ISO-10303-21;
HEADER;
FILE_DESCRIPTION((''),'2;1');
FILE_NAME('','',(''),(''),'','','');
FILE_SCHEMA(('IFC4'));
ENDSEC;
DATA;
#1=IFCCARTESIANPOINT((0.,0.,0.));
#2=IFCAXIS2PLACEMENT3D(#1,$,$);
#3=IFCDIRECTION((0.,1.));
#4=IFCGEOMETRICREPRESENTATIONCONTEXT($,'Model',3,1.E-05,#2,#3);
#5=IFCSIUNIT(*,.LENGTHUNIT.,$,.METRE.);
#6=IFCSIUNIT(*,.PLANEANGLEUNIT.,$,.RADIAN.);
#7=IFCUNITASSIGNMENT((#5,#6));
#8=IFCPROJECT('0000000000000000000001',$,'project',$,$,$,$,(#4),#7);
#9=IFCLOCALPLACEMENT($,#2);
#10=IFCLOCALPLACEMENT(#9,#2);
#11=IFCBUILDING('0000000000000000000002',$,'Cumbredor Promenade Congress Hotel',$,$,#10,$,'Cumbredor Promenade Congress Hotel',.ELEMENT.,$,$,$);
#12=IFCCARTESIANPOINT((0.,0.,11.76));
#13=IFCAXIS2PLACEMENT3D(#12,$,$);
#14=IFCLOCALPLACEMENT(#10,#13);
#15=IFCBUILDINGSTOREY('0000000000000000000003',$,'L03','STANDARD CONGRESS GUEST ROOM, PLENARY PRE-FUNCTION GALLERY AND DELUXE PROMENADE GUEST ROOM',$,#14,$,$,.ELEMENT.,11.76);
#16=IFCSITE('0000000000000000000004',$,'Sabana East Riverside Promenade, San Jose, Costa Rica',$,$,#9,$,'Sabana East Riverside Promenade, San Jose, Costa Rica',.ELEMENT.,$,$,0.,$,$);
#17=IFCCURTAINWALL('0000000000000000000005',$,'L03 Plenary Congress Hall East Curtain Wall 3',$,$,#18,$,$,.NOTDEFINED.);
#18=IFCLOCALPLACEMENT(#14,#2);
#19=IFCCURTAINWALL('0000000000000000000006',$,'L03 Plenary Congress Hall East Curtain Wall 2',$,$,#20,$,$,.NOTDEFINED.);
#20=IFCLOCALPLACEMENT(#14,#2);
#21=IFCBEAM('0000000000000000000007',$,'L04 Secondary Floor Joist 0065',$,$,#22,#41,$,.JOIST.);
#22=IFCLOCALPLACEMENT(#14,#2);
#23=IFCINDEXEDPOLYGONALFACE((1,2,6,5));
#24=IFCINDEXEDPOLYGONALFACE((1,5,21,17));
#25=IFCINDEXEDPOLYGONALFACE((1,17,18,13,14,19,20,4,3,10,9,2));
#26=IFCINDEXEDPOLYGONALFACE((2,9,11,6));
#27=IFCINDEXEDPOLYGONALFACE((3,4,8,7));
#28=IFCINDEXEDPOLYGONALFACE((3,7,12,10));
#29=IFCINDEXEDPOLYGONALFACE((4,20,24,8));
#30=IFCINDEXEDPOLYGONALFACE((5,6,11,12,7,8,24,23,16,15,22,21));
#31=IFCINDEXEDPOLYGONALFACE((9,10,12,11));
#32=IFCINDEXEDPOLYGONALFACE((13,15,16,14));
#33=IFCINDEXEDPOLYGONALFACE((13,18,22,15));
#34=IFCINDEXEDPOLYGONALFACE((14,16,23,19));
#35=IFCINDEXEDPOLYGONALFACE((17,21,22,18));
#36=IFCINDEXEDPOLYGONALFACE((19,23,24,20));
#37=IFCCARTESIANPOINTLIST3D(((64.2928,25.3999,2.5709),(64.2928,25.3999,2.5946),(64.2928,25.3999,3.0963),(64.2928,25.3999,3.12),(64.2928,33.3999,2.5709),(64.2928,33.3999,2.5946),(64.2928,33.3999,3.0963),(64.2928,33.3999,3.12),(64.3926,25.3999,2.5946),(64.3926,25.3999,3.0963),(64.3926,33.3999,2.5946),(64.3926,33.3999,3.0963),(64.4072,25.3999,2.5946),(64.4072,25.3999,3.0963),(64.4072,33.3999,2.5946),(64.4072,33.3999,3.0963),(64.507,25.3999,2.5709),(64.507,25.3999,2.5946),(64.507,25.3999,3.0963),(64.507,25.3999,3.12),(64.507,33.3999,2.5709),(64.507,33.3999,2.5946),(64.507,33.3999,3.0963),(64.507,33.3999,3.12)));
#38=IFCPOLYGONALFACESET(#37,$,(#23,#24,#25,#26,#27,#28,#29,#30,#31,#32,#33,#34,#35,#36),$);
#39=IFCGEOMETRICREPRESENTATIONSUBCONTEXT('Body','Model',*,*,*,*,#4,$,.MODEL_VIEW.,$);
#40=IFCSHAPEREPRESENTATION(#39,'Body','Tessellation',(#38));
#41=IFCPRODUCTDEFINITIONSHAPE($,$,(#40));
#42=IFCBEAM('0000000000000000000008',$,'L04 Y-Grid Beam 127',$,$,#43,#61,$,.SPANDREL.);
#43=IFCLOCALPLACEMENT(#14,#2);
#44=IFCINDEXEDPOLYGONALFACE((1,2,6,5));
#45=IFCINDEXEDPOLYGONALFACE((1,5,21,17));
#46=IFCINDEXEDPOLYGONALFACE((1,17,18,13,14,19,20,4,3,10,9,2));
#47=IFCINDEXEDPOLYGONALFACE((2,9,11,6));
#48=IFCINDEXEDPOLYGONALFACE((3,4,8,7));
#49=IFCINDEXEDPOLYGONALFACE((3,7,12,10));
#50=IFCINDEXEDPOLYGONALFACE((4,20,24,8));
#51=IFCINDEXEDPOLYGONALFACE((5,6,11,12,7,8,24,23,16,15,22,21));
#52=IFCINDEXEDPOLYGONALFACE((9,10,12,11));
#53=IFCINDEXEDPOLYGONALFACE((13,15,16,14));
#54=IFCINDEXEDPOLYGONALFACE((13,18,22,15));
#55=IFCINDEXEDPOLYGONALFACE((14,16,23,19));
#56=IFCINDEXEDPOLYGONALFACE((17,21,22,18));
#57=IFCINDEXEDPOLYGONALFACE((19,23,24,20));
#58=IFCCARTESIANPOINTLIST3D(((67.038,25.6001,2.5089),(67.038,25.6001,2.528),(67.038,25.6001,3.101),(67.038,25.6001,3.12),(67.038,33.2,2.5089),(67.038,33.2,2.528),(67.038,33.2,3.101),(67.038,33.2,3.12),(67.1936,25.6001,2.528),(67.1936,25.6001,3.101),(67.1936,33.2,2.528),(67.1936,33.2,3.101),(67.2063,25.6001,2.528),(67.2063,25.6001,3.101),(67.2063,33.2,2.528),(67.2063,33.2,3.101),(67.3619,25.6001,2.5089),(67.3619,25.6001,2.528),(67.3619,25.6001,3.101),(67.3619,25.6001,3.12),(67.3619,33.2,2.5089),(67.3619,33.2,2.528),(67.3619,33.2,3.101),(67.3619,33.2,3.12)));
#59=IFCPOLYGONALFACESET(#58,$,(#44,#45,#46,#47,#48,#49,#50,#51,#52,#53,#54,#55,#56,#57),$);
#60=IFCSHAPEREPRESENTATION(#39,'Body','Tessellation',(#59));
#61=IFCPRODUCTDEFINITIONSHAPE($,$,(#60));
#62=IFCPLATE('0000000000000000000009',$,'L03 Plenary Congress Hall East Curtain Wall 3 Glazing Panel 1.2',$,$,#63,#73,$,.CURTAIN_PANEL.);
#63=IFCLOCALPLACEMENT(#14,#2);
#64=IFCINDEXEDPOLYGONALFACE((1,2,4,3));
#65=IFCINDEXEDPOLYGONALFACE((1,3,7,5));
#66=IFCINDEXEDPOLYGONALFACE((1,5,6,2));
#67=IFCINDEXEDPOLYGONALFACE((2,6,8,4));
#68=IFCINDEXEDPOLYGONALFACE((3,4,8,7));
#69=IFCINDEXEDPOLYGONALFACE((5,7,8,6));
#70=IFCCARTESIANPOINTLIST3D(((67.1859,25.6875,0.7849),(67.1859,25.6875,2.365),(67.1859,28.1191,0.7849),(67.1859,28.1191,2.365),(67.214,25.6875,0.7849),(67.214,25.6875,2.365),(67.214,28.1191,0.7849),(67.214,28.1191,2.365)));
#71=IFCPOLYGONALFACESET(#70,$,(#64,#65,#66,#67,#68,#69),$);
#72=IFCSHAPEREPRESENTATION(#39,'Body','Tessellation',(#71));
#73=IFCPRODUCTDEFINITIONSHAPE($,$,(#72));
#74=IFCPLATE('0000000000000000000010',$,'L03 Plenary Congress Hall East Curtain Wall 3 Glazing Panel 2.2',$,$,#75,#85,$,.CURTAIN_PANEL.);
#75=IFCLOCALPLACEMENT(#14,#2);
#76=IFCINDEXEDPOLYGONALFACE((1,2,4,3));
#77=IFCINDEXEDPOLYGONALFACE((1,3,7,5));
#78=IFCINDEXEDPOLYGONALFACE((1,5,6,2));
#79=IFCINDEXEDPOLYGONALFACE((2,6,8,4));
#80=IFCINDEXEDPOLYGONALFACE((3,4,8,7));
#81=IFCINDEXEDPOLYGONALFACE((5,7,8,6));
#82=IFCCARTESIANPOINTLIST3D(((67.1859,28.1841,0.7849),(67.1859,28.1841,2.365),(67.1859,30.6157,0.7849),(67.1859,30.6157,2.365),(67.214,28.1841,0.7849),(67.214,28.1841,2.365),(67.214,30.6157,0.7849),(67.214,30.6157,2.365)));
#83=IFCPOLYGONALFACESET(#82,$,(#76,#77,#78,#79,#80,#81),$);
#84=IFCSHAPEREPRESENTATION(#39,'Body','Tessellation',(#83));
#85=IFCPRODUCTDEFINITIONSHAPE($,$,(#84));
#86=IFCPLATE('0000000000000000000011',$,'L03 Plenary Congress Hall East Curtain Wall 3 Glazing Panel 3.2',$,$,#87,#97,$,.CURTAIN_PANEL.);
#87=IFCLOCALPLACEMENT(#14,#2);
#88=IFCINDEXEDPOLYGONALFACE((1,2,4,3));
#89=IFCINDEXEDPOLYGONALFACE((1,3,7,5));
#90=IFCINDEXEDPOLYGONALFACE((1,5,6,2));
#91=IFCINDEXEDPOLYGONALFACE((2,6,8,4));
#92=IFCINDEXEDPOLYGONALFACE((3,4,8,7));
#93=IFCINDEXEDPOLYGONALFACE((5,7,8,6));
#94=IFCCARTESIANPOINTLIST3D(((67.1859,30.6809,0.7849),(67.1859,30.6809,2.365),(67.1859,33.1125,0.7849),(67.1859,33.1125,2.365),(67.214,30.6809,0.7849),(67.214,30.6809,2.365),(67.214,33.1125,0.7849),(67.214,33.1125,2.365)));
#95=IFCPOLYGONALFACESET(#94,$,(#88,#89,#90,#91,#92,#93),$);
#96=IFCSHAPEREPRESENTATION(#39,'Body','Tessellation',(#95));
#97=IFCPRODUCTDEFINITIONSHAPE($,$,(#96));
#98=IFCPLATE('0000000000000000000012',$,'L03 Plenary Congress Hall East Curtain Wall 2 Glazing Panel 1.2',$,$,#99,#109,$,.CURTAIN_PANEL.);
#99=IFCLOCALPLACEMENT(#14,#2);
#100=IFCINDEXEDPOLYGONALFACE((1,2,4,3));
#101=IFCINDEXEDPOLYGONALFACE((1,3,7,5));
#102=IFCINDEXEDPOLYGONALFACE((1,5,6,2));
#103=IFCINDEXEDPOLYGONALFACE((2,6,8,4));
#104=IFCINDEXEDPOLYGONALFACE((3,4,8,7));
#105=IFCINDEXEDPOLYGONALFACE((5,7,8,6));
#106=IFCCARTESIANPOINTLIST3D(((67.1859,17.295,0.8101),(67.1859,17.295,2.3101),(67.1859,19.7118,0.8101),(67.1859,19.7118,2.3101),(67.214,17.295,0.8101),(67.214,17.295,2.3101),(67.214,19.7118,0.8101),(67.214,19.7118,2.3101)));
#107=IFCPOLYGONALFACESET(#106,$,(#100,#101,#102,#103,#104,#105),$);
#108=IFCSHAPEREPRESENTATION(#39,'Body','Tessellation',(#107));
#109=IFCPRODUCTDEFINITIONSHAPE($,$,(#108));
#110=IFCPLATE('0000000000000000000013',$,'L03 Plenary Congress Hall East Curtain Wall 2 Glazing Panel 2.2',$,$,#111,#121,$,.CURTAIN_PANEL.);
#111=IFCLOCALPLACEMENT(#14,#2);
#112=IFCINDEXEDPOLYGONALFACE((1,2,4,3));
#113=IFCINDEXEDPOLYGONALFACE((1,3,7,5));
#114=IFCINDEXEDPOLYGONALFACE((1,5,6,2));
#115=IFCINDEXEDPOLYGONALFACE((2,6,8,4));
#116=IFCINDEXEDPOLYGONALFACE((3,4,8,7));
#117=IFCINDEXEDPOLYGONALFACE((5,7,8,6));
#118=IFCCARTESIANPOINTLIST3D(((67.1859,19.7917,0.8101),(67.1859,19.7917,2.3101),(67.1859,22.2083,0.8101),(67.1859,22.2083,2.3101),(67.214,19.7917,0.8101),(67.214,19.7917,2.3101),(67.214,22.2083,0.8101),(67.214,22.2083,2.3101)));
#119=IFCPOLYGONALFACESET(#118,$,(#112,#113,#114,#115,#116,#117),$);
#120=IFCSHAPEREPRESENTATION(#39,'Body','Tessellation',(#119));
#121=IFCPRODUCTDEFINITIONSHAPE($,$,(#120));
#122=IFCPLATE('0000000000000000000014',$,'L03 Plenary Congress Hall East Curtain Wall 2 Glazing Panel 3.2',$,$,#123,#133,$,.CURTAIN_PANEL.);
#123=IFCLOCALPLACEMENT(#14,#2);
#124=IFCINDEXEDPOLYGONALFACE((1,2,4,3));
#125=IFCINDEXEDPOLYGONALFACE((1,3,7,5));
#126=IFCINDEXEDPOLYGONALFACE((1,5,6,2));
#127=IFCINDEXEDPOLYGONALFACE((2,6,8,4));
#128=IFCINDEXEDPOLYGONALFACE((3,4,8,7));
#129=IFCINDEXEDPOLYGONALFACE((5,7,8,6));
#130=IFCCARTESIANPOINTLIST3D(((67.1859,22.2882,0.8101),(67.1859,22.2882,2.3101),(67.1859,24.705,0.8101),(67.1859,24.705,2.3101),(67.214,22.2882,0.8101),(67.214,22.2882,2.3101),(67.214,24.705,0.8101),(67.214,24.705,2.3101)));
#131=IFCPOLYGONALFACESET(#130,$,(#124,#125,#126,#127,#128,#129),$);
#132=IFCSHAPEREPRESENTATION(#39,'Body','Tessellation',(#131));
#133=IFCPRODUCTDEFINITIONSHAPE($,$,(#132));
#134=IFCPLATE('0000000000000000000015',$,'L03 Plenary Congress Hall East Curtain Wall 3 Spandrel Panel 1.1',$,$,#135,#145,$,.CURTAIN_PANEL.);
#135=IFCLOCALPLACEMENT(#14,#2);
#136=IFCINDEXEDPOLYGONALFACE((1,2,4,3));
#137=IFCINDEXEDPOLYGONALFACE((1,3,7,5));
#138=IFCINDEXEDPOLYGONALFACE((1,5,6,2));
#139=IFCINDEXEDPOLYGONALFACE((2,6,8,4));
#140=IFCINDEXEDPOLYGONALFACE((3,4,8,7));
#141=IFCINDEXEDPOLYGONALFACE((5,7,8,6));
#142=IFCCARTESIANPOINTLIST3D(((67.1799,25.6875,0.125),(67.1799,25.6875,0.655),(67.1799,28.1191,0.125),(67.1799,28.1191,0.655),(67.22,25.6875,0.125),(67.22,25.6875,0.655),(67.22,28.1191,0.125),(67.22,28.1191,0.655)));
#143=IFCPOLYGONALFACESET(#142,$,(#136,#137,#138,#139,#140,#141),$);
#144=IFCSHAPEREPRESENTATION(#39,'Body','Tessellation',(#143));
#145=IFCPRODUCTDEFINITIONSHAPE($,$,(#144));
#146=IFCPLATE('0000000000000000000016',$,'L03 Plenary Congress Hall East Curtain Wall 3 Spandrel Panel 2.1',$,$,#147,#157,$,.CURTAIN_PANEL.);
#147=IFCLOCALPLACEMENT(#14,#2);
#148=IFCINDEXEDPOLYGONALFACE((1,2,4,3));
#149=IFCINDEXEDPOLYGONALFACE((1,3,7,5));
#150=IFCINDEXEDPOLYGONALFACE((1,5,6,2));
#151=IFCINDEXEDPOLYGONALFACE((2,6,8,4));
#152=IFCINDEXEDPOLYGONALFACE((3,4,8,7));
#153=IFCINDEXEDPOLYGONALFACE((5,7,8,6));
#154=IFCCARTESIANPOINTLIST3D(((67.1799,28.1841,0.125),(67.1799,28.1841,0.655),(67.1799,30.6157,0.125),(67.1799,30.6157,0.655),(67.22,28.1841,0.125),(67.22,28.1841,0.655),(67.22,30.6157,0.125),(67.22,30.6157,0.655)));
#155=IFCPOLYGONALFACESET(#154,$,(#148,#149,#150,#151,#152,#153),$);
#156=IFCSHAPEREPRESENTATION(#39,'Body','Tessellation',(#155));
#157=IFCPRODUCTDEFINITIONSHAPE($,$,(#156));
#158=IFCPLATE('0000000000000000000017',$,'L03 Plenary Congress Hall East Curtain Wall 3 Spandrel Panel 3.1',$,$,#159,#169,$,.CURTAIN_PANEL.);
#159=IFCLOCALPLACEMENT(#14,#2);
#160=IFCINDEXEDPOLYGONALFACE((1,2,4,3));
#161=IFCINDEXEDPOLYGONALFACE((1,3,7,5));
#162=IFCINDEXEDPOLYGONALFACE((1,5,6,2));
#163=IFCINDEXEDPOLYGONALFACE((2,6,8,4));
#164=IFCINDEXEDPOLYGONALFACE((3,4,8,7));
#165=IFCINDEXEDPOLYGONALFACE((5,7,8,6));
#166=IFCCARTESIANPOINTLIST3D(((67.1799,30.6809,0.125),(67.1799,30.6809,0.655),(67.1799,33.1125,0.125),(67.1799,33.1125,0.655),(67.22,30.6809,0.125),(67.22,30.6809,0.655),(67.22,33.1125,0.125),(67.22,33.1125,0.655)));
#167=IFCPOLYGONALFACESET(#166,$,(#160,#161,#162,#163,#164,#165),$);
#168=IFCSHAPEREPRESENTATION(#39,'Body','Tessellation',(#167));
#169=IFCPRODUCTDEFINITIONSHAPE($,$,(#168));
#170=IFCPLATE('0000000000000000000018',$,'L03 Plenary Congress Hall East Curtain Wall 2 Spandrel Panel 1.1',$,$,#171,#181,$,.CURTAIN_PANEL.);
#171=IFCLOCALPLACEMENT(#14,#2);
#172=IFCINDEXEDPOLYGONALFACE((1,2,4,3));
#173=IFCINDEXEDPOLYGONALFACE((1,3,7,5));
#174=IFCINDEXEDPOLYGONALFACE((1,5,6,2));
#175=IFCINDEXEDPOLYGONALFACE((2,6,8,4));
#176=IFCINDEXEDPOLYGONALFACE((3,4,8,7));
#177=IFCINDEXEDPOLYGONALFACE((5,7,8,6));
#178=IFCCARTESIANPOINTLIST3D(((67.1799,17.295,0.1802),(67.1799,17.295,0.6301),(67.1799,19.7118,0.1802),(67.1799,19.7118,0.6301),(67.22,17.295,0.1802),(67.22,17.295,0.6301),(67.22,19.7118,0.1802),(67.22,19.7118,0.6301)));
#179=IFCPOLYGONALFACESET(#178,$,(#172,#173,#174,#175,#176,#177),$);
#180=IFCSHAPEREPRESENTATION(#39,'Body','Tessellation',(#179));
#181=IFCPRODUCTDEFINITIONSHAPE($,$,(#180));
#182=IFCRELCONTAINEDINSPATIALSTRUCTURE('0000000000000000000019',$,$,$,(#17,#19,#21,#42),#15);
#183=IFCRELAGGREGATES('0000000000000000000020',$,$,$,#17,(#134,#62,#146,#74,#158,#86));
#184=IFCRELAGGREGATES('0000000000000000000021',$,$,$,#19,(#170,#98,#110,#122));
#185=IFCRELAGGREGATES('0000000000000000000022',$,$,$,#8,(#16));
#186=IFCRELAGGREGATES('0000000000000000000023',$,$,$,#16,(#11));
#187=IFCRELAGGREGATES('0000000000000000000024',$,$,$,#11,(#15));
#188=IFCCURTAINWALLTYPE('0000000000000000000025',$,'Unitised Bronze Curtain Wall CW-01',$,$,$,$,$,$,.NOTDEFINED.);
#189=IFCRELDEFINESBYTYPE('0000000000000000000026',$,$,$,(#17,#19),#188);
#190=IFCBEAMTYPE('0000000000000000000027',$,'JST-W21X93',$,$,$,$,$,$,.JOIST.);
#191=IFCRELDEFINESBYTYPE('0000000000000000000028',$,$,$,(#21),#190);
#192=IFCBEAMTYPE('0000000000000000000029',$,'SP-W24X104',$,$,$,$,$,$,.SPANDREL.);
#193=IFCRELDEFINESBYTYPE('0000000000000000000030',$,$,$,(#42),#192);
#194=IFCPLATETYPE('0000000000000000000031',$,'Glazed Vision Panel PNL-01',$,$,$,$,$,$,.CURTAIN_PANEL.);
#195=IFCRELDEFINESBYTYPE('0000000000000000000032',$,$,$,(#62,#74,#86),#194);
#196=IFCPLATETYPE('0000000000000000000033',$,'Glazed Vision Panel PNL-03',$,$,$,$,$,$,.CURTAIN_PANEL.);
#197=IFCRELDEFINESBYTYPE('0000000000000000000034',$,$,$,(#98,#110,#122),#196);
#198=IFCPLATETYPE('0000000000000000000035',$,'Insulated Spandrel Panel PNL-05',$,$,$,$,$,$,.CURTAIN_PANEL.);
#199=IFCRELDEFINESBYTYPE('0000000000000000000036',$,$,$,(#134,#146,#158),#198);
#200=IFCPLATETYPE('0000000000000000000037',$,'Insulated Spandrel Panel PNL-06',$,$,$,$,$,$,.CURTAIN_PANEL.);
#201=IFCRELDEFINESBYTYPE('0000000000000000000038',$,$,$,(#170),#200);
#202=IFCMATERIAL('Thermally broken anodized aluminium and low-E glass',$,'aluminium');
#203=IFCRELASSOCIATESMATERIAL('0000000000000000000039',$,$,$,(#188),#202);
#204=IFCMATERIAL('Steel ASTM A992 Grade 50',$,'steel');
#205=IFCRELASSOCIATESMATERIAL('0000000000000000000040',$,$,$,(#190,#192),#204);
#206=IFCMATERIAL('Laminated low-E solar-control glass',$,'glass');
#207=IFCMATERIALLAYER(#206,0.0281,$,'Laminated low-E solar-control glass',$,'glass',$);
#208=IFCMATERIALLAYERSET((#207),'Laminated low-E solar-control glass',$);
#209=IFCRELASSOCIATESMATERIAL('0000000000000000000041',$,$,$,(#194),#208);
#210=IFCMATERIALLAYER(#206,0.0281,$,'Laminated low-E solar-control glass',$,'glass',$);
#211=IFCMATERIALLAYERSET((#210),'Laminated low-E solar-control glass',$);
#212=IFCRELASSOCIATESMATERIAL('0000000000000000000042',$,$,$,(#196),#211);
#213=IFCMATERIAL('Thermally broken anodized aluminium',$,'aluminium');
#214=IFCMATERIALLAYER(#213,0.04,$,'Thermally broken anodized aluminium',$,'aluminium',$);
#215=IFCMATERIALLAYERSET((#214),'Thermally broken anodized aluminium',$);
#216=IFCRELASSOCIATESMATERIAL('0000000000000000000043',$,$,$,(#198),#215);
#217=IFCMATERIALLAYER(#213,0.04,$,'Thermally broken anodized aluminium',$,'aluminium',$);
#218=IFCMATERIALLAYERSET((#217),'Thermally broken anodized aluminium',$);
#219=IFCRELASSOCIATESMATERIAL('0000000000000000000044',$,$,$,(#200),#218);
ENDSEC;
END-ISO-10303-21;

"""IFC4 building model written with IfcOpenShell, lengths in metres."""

from ifc_helpers import new_model, si_unit, direction, frame, origin, origin_2d, place, context, subcontext, project, spatial, rectangle, i_section, extrude, material, layer, layer_set, material_profile, profile_set, type_object, element, aggregate, save


model = new_model("IFC4")

# Units and contexts
model_context = context("Model", 3, precision=1e-05, world=origin(), true_north=direction((0.0, 1.0)))
body_context = subcontext(model_context, "Body", "Model", "MODEL_VIEW")
ifc_project = project(units=[si_unit("LENGTHUNIT", "METRE"), si_unit("PLANEANGLEUNIT", "RADIAN")], contexts=[model_context])

# Site, building, storey
site_placement = place(None, origin())
site = spatial("IfcSite", under=ifc_project, at=site_placement, Name="Sabana East Riverside Promenade, San Jose, Costa Rica", LongName="Sabana East Riverside Promenade, San Jose, Costa Rica", CompositionType="ELEMENT", RefElevation=0.0)
building_placement = place(site_placement, origin())
building = spatial("IfcBuilding", under=site, at=building_placement, Name="Cumbredor Promenade Congress Hotel", LongName="Cumbredor Promenade Congress Hotel", CompositionType="ELEMENT")
storey_placement = place(building_placement, frame((0.0, 0.0, 11.76)))
storey = spatial("IfcBuildingStorey", under=building, at=storey_placement, Name="L03", Description="STANDARD CONGRESS GUEST ROOM, PLENARY PRE-FUNCTION GALLERY AND DELUXE PROMENADE GUEST ROOM", CompositionType="ELEMENT", Elevation=11.76)

# Curtain walls
ifc_material_1 = material(Name="Thermally broken anodized aluminium and low-E glass", Category="aluminium")
curtain_wall_type = type_object("IfcCurtainWallType", Name="Unitised Bronze Curtain Wall CW-01", PredefinedType="NOTDEFINED", material=ifc_material_1)
curtain_wall_1_placement = place(storey_placement, origin())
curtain_wall_1 = element("IfcCurtainWall", 1, at=curtain_wall_1_placement, inside=storey, type_object=curtain_wall_type, Name="L03 Plenary Congress Hall East Curtain Wall 3", PredefinedType="NOTDEFINED")
ifc_material_2 = material(Name="Thermally broken anodized aluminium", Category="aluminium")
curtain_wall_2_placement = place(storey_placement, origin())
curtain_wall_2 = element("IfcCurtainWall", 2, at=curtain_wall_2_placement, inside=storey, type_object=curtain_wall_type, Name="L03 Plenary Congress Hall East Curtain Wall 2", PredefinedType="NOTDEFINED")

# Beams
ifc_material_3 = material(Name="Steel ASTM A992 Grade 50", Category="steel")
ifc_material_profile_1 = material_profile(ifc_material_3, i_section(OverallWidth=0.2141, OverallDepth=0.5491, WebThickness=0.0146, FlangeThickness=0.0237, at=origin_2d()), Name="W21X93")
ifc_profile_set_1 = profile_set([ifc_material_profile_1], Name="Steel ASTM A992 Grade 50")
beam_type_1 = type_object("IfcBeamType", Name="JST-W21X93", PredefinedType="JOIST", material=ifc_profile_set_1)
beam_1_placement = place(storey_placement, frame((64.3999, 25.3999, 2.8455), z_axis=(0.0, 1.0, 0.0), x_axis=(-1.0, 0.0, 0.0)))
element("IfcBeam", 3, at=beam_1_placement, inside=storey, type_object=beam_type_1, Name="L04 Secondary Floor Joist 0065", PredefinedType="JOIST", context=body_context, shape_type="SweptSolid", body=[
    extrude(i_section(OverallWidth=0.2141, OverallDepth=0.5491, WebThickness=0.0146, FlangeThickness=0.0237, at=origin_2d()), origin(), (0.0, 0.0, 1.0), 8.0),
])
ifc_material_profile_2 = material_profile(ifc_material_3, i_section(OverallWidth=0.324, OverallDepth=0.6111, WebThickness=0.0127, FlangeThickness=0.019, at=origin_2d()), Name="W24X104")
ifc_profile_set_2 = profile_set([ifc_material_profile_2], Name="Steel ASTM A992 Grade 50")
beam_type_2 = type_object("IfcBeamType", Name="SP-W24X104", PredefinedType="SPANDREL", material=ifc_profile_set_2)
beam_2_placement = place(storey_placement, frame((67.2, 25.6001, 2.8145), z_axis=(0.0, 1.0, 0.0), x_axis=(-1.0, 0.0, 0.0)))
element("IfcBeam", 4, at=beam_2_placement, inside=storey, type_object=beam_type_2, Name="L04 Y-Grid Beam 127", PredefinedType="SPANDREL", context=body_context, shape_type="SweptSolid", body=[
    extrude(i_section(OverallWidth=0.324, OverallDepth=0.6111, WebThickness=0.0127, FlangeThickness=0.019, at=origin_2d()), origin(), (0.0, 0.0, 1.0), 7.5999),
])

# Plates
ifc_material_4 = material(Name="Laminated low-E solar-control glass", Category="glass")
ifc_layer_1 = layer(ifc_material_4, 0.0281, Name="Laminated low-E solar-control glass", Category="glass")
ifc_layer_set_1 = layer_set([ifc_layer_1], Name="Laminated low-E solar-control glass")
plate_type_1 = type_object("IfcPlateType", Name="Glazed Vision Panel PNL-01", PredefinedType="CURTAIN_PANEL", material=ifc_layer_set_1)
plate_1_placement = place(storey_placement, frame((67.2, 26.9033, 0.7849), z_axis=(0.0, 0.0, 1.0), x_axis=(0.0, 1.0, 0.0)))
plate_1 = element("IfcPlate", 5, at=plate_1_placement, type_object=plate_type_1, Name="L03 Plenary Congress Hall East Curtain Wall 3 Glazing Panel 1.2", PredefinedType="CURTAIN_PANEL", context=body_context, shape_type="SweptSolid", body=[
    extrude(rectangle(XDim=2.4316, YDim=0.0281, at=origin_2d()), origin(), (0.0, 0.0, 1.0), 1.5801),
])
plate_2_placement = place(storey_placement, frame((67.2, 29.3999, 0.7849), z_axis=(0.0, 0.0, 1.0), x_axis=(0.0, 1.0, 0.0)))
plate_2 = element("IfcPlate", 6, at=plate_2_placement, type_object=plate_type_1, Name="L03 Plenary Congress Hall East Curtain Wall 3 Glazing Panel 2.2", PredefinedType="CURTAIN_PANEL", context=body_context, shape_type="SweptSolid", body=[
    extrude(rectangle(XDim=2.4316, YDim=0.0281, at=origin_2d()), origin(), (0.0, 0.0, 1.0), 1.5801),
])
plate_3_placement = place(storey_placement, frame((67.2, 31.8967, 0.7849), z_axis=(0.0, 0.0, 1.0), x_axis=(0.0, 1.0, 0.0)))
plate_3 = element("IfcPlate", 7, at=plate_3_placement, type_object=plate_type_1, Name="L03 Plenary Congress Hall East Curtain Wall 3 Glazing Panel 3.2", PredefinedType="CURTAIN_PANEL", context=body_context, shape_type="SweptSolid", body=[
    extrude(rectangle(XDim=2.4316, YDim=0.0281, at=origin_2d()), origin(), (0.0, 0.0, 1.0), 1.5801),
])
ifc_layer_2 = layer(ifc_material_4, 0.0281, Name="Laminated low-E solar-control glass", Category="glass")
ifc_layer_set_2 = layer_set([ifc_layer_2], Name="Laminated low-E solar-control glass")
plate_type_2 = type_object("IfcPlateType", Name="Glazed Vision Panel PNL-03", PredefinedType="CURTAIN_PANEL", material=ifc_layer_set_2)
plate_4_placement = place(storey_placement, frame((67.2, 18.5034, 0.8101), z_axis=(0.0, 0.0, 1.0), x_axis=(0.0, 1.0, 0.0)))
plate_4 = element("IfcPlate", 8, at=plate_4_placement, type_object=plate_type_2, Name="L03 Plenary Congress Hall East Curtain Wall 2 Glazing Panel 1.2", PredefinedType="CURTAIN_PANEL", context=body_context, shape_type="SweptSolid", body=[
    extrude(rectangle(XDim=2.4167, YDim=0.0281, at=origin_2d()), origin(), (0.0, 0.0, 1.0), 1.5),
])
plate_5_placement = place(storey_placement, frame((67.2, 21.0, 0.8101), z_axis=(0.0, 0.0, 1.0), x_axis=(0.0, 1.0, 0.0)))
plate_5 = element("IfcPlate", 9, at=plate_5_placement, type_object=plate_type_2, Name="L03 Plenary Congress Hall East Curtain Wall 2 Glazing Panel 2.2", PredefinedType="CURTAIN_PANEL", context=body_context, shape_type="SweptSolid", body=[
    extrude(rectangle(XDim=2.4165, YDim=0.0281, at=origin_2d()), origin(), (0.0, 0.0, 1.0), 1.5),
])
plate_6_placement = place(storey_placement, frame((67.2, 23.4966, 0.8101), z_axis=(0.0, 0.0, 1.0), x_axis=(0.0, 1.0, 0.0)))
plate_6 = element("IfcPlate", 10, at=plate_6_placement, type_object=plate_type_2, Name="L03 Plenary Congress Hall East Curtain Wall 2 Glazing Panel 3.2", PredefinedType="CURTAIN_PANEL", context=body_context, shape_type="SweptSolid", body=[
    extrude(rectangle(XDim=2.4167, YDim=0.0281, at=origin_2d()), origin(), (0.0, 0.0, 1.0), 1.5),
])
ifc_layer_3 = layer(ifc_material_2, 0.04, Name="Thermally broken anodized aluminium", Category="aluminium")
ifc_layer_set_3 = layer_set([ifc_layer_3], Name="Thermally broken anodized aluminium")
plate_type_3 = type_object("IfcPlateType", Name="Insulated Spandrel Panel PNL-05", PredefinedType="CURTAIN_PANEL", material=ifc_layer_set_3)
plate_7_placement = place(storey_placement, frame((67.2, 26.9033, 0.125), z_axis=(0.0, 0.0, 1.0), x_axis=(0.0, 1.0, 0.0)))
plate_7 = element("IfcPlate", 11, at=plate_7_placement, type_object=plate_type_3, Name="L03 Plenary Congress Hall East Curtain Wall 3 Spandrel Panel 1.1", PredefinedType="CURTAIN_PANEL", context=body_context, shape_type="SweptSolid", body=[
    extrude(rectangle(XDim=2.4316, YDim=0.04, at=origin_2d()), origin(), (0.0, 0.0, 1.0), 0.53),
])
plate_8_placement = place(storey_placement, frame((67.2, 29.3999, 0.125), z_axis=(0.0, 0.0, 1.0), x_axis=(0.0, 1.0, 0.0)))
plate_8 = element("IfcPlate", 12, at=plate_8_placement, type_object=plate_type_3, Name="L03 Plenary Congress Hall East Curtain Wall 3 Spandrel Panel 2.1", PredefinedType="CURTAIN_PANEL", context=body_context, shape_type="SweptSolid", body=[
    extrude(rectangle(XDim=2.4316, YDim=0.04, at=origin_2d()), origin(), (0.0, 0.0, 1.0), 0.53),
])
plate_9_placement = place(storey_placement, frame((67.2, 31.8967, 0.125), z_axis=(0.0, 0.0, 1.0), x_axis=(0.0, 1.0, 0.0)))
plate_9 = element("IfcPlate", 13, at=plate_9_placement, type_object=plate_type_3, Name="L03 Plenary Congress Hall East Curtain Wall 3 Spandrel Panel 3.1", PredefinedType="CURTAIN_PANEL", context=body_context, shape_type="SweptSolid", body=[
    extrude(rectangle(XDim=2.4316, YDim=0.04, at=origin_2d()), origin(), (0.0, 0.0, 1.0), 0.53),
])
aggregate(curtain_wall_1, [plate_7, plate_1, plate_8, plate_2, plate_9, plate_3])
ifc_layer_4 = layer(ifc_material_2, 0.04, Name="Thermally broken anodized aluminium", Category="aluminium")
ifc_layer_set_4 = layer_set([ifc_layer_4], Name="Thermally broken anodized aluminium")
plate_type_4 = type_object("IfcPlateType", Name="Insulated Spandrel Panel PNL-06", PredefinedType="CURTAIN_PANEL", material=ifc_layer_set_4)
plate_10_placement = place(storey_placement, frame((67.2, 18.5034, 0.1802), z_axis=(0.0, 0.0, 1.0), x_axis=(0.0, 1.0, 0.0)))
plate_10 = element("IfcPlate", 14, at=plate_10_placement, type_object=plate_type_4, Name="L03 Plenary Congress Hall East Curtain Wall 2 Spandrel Panel 1.1", PredefinedType="CURTAIN_PANEL", context=body_context, shape_type="SweptSolid", body=[
    extrude(rectangle(XDim=2.4167, YDim=0.04, at=origin_2d()), origin(), (0.0, 0.0, 1.0), 0.45),
])
aggregate(curtain_wall_2, [plate_10, plate_4, plate_5, plate_6])

save(model, "model.ifc")
